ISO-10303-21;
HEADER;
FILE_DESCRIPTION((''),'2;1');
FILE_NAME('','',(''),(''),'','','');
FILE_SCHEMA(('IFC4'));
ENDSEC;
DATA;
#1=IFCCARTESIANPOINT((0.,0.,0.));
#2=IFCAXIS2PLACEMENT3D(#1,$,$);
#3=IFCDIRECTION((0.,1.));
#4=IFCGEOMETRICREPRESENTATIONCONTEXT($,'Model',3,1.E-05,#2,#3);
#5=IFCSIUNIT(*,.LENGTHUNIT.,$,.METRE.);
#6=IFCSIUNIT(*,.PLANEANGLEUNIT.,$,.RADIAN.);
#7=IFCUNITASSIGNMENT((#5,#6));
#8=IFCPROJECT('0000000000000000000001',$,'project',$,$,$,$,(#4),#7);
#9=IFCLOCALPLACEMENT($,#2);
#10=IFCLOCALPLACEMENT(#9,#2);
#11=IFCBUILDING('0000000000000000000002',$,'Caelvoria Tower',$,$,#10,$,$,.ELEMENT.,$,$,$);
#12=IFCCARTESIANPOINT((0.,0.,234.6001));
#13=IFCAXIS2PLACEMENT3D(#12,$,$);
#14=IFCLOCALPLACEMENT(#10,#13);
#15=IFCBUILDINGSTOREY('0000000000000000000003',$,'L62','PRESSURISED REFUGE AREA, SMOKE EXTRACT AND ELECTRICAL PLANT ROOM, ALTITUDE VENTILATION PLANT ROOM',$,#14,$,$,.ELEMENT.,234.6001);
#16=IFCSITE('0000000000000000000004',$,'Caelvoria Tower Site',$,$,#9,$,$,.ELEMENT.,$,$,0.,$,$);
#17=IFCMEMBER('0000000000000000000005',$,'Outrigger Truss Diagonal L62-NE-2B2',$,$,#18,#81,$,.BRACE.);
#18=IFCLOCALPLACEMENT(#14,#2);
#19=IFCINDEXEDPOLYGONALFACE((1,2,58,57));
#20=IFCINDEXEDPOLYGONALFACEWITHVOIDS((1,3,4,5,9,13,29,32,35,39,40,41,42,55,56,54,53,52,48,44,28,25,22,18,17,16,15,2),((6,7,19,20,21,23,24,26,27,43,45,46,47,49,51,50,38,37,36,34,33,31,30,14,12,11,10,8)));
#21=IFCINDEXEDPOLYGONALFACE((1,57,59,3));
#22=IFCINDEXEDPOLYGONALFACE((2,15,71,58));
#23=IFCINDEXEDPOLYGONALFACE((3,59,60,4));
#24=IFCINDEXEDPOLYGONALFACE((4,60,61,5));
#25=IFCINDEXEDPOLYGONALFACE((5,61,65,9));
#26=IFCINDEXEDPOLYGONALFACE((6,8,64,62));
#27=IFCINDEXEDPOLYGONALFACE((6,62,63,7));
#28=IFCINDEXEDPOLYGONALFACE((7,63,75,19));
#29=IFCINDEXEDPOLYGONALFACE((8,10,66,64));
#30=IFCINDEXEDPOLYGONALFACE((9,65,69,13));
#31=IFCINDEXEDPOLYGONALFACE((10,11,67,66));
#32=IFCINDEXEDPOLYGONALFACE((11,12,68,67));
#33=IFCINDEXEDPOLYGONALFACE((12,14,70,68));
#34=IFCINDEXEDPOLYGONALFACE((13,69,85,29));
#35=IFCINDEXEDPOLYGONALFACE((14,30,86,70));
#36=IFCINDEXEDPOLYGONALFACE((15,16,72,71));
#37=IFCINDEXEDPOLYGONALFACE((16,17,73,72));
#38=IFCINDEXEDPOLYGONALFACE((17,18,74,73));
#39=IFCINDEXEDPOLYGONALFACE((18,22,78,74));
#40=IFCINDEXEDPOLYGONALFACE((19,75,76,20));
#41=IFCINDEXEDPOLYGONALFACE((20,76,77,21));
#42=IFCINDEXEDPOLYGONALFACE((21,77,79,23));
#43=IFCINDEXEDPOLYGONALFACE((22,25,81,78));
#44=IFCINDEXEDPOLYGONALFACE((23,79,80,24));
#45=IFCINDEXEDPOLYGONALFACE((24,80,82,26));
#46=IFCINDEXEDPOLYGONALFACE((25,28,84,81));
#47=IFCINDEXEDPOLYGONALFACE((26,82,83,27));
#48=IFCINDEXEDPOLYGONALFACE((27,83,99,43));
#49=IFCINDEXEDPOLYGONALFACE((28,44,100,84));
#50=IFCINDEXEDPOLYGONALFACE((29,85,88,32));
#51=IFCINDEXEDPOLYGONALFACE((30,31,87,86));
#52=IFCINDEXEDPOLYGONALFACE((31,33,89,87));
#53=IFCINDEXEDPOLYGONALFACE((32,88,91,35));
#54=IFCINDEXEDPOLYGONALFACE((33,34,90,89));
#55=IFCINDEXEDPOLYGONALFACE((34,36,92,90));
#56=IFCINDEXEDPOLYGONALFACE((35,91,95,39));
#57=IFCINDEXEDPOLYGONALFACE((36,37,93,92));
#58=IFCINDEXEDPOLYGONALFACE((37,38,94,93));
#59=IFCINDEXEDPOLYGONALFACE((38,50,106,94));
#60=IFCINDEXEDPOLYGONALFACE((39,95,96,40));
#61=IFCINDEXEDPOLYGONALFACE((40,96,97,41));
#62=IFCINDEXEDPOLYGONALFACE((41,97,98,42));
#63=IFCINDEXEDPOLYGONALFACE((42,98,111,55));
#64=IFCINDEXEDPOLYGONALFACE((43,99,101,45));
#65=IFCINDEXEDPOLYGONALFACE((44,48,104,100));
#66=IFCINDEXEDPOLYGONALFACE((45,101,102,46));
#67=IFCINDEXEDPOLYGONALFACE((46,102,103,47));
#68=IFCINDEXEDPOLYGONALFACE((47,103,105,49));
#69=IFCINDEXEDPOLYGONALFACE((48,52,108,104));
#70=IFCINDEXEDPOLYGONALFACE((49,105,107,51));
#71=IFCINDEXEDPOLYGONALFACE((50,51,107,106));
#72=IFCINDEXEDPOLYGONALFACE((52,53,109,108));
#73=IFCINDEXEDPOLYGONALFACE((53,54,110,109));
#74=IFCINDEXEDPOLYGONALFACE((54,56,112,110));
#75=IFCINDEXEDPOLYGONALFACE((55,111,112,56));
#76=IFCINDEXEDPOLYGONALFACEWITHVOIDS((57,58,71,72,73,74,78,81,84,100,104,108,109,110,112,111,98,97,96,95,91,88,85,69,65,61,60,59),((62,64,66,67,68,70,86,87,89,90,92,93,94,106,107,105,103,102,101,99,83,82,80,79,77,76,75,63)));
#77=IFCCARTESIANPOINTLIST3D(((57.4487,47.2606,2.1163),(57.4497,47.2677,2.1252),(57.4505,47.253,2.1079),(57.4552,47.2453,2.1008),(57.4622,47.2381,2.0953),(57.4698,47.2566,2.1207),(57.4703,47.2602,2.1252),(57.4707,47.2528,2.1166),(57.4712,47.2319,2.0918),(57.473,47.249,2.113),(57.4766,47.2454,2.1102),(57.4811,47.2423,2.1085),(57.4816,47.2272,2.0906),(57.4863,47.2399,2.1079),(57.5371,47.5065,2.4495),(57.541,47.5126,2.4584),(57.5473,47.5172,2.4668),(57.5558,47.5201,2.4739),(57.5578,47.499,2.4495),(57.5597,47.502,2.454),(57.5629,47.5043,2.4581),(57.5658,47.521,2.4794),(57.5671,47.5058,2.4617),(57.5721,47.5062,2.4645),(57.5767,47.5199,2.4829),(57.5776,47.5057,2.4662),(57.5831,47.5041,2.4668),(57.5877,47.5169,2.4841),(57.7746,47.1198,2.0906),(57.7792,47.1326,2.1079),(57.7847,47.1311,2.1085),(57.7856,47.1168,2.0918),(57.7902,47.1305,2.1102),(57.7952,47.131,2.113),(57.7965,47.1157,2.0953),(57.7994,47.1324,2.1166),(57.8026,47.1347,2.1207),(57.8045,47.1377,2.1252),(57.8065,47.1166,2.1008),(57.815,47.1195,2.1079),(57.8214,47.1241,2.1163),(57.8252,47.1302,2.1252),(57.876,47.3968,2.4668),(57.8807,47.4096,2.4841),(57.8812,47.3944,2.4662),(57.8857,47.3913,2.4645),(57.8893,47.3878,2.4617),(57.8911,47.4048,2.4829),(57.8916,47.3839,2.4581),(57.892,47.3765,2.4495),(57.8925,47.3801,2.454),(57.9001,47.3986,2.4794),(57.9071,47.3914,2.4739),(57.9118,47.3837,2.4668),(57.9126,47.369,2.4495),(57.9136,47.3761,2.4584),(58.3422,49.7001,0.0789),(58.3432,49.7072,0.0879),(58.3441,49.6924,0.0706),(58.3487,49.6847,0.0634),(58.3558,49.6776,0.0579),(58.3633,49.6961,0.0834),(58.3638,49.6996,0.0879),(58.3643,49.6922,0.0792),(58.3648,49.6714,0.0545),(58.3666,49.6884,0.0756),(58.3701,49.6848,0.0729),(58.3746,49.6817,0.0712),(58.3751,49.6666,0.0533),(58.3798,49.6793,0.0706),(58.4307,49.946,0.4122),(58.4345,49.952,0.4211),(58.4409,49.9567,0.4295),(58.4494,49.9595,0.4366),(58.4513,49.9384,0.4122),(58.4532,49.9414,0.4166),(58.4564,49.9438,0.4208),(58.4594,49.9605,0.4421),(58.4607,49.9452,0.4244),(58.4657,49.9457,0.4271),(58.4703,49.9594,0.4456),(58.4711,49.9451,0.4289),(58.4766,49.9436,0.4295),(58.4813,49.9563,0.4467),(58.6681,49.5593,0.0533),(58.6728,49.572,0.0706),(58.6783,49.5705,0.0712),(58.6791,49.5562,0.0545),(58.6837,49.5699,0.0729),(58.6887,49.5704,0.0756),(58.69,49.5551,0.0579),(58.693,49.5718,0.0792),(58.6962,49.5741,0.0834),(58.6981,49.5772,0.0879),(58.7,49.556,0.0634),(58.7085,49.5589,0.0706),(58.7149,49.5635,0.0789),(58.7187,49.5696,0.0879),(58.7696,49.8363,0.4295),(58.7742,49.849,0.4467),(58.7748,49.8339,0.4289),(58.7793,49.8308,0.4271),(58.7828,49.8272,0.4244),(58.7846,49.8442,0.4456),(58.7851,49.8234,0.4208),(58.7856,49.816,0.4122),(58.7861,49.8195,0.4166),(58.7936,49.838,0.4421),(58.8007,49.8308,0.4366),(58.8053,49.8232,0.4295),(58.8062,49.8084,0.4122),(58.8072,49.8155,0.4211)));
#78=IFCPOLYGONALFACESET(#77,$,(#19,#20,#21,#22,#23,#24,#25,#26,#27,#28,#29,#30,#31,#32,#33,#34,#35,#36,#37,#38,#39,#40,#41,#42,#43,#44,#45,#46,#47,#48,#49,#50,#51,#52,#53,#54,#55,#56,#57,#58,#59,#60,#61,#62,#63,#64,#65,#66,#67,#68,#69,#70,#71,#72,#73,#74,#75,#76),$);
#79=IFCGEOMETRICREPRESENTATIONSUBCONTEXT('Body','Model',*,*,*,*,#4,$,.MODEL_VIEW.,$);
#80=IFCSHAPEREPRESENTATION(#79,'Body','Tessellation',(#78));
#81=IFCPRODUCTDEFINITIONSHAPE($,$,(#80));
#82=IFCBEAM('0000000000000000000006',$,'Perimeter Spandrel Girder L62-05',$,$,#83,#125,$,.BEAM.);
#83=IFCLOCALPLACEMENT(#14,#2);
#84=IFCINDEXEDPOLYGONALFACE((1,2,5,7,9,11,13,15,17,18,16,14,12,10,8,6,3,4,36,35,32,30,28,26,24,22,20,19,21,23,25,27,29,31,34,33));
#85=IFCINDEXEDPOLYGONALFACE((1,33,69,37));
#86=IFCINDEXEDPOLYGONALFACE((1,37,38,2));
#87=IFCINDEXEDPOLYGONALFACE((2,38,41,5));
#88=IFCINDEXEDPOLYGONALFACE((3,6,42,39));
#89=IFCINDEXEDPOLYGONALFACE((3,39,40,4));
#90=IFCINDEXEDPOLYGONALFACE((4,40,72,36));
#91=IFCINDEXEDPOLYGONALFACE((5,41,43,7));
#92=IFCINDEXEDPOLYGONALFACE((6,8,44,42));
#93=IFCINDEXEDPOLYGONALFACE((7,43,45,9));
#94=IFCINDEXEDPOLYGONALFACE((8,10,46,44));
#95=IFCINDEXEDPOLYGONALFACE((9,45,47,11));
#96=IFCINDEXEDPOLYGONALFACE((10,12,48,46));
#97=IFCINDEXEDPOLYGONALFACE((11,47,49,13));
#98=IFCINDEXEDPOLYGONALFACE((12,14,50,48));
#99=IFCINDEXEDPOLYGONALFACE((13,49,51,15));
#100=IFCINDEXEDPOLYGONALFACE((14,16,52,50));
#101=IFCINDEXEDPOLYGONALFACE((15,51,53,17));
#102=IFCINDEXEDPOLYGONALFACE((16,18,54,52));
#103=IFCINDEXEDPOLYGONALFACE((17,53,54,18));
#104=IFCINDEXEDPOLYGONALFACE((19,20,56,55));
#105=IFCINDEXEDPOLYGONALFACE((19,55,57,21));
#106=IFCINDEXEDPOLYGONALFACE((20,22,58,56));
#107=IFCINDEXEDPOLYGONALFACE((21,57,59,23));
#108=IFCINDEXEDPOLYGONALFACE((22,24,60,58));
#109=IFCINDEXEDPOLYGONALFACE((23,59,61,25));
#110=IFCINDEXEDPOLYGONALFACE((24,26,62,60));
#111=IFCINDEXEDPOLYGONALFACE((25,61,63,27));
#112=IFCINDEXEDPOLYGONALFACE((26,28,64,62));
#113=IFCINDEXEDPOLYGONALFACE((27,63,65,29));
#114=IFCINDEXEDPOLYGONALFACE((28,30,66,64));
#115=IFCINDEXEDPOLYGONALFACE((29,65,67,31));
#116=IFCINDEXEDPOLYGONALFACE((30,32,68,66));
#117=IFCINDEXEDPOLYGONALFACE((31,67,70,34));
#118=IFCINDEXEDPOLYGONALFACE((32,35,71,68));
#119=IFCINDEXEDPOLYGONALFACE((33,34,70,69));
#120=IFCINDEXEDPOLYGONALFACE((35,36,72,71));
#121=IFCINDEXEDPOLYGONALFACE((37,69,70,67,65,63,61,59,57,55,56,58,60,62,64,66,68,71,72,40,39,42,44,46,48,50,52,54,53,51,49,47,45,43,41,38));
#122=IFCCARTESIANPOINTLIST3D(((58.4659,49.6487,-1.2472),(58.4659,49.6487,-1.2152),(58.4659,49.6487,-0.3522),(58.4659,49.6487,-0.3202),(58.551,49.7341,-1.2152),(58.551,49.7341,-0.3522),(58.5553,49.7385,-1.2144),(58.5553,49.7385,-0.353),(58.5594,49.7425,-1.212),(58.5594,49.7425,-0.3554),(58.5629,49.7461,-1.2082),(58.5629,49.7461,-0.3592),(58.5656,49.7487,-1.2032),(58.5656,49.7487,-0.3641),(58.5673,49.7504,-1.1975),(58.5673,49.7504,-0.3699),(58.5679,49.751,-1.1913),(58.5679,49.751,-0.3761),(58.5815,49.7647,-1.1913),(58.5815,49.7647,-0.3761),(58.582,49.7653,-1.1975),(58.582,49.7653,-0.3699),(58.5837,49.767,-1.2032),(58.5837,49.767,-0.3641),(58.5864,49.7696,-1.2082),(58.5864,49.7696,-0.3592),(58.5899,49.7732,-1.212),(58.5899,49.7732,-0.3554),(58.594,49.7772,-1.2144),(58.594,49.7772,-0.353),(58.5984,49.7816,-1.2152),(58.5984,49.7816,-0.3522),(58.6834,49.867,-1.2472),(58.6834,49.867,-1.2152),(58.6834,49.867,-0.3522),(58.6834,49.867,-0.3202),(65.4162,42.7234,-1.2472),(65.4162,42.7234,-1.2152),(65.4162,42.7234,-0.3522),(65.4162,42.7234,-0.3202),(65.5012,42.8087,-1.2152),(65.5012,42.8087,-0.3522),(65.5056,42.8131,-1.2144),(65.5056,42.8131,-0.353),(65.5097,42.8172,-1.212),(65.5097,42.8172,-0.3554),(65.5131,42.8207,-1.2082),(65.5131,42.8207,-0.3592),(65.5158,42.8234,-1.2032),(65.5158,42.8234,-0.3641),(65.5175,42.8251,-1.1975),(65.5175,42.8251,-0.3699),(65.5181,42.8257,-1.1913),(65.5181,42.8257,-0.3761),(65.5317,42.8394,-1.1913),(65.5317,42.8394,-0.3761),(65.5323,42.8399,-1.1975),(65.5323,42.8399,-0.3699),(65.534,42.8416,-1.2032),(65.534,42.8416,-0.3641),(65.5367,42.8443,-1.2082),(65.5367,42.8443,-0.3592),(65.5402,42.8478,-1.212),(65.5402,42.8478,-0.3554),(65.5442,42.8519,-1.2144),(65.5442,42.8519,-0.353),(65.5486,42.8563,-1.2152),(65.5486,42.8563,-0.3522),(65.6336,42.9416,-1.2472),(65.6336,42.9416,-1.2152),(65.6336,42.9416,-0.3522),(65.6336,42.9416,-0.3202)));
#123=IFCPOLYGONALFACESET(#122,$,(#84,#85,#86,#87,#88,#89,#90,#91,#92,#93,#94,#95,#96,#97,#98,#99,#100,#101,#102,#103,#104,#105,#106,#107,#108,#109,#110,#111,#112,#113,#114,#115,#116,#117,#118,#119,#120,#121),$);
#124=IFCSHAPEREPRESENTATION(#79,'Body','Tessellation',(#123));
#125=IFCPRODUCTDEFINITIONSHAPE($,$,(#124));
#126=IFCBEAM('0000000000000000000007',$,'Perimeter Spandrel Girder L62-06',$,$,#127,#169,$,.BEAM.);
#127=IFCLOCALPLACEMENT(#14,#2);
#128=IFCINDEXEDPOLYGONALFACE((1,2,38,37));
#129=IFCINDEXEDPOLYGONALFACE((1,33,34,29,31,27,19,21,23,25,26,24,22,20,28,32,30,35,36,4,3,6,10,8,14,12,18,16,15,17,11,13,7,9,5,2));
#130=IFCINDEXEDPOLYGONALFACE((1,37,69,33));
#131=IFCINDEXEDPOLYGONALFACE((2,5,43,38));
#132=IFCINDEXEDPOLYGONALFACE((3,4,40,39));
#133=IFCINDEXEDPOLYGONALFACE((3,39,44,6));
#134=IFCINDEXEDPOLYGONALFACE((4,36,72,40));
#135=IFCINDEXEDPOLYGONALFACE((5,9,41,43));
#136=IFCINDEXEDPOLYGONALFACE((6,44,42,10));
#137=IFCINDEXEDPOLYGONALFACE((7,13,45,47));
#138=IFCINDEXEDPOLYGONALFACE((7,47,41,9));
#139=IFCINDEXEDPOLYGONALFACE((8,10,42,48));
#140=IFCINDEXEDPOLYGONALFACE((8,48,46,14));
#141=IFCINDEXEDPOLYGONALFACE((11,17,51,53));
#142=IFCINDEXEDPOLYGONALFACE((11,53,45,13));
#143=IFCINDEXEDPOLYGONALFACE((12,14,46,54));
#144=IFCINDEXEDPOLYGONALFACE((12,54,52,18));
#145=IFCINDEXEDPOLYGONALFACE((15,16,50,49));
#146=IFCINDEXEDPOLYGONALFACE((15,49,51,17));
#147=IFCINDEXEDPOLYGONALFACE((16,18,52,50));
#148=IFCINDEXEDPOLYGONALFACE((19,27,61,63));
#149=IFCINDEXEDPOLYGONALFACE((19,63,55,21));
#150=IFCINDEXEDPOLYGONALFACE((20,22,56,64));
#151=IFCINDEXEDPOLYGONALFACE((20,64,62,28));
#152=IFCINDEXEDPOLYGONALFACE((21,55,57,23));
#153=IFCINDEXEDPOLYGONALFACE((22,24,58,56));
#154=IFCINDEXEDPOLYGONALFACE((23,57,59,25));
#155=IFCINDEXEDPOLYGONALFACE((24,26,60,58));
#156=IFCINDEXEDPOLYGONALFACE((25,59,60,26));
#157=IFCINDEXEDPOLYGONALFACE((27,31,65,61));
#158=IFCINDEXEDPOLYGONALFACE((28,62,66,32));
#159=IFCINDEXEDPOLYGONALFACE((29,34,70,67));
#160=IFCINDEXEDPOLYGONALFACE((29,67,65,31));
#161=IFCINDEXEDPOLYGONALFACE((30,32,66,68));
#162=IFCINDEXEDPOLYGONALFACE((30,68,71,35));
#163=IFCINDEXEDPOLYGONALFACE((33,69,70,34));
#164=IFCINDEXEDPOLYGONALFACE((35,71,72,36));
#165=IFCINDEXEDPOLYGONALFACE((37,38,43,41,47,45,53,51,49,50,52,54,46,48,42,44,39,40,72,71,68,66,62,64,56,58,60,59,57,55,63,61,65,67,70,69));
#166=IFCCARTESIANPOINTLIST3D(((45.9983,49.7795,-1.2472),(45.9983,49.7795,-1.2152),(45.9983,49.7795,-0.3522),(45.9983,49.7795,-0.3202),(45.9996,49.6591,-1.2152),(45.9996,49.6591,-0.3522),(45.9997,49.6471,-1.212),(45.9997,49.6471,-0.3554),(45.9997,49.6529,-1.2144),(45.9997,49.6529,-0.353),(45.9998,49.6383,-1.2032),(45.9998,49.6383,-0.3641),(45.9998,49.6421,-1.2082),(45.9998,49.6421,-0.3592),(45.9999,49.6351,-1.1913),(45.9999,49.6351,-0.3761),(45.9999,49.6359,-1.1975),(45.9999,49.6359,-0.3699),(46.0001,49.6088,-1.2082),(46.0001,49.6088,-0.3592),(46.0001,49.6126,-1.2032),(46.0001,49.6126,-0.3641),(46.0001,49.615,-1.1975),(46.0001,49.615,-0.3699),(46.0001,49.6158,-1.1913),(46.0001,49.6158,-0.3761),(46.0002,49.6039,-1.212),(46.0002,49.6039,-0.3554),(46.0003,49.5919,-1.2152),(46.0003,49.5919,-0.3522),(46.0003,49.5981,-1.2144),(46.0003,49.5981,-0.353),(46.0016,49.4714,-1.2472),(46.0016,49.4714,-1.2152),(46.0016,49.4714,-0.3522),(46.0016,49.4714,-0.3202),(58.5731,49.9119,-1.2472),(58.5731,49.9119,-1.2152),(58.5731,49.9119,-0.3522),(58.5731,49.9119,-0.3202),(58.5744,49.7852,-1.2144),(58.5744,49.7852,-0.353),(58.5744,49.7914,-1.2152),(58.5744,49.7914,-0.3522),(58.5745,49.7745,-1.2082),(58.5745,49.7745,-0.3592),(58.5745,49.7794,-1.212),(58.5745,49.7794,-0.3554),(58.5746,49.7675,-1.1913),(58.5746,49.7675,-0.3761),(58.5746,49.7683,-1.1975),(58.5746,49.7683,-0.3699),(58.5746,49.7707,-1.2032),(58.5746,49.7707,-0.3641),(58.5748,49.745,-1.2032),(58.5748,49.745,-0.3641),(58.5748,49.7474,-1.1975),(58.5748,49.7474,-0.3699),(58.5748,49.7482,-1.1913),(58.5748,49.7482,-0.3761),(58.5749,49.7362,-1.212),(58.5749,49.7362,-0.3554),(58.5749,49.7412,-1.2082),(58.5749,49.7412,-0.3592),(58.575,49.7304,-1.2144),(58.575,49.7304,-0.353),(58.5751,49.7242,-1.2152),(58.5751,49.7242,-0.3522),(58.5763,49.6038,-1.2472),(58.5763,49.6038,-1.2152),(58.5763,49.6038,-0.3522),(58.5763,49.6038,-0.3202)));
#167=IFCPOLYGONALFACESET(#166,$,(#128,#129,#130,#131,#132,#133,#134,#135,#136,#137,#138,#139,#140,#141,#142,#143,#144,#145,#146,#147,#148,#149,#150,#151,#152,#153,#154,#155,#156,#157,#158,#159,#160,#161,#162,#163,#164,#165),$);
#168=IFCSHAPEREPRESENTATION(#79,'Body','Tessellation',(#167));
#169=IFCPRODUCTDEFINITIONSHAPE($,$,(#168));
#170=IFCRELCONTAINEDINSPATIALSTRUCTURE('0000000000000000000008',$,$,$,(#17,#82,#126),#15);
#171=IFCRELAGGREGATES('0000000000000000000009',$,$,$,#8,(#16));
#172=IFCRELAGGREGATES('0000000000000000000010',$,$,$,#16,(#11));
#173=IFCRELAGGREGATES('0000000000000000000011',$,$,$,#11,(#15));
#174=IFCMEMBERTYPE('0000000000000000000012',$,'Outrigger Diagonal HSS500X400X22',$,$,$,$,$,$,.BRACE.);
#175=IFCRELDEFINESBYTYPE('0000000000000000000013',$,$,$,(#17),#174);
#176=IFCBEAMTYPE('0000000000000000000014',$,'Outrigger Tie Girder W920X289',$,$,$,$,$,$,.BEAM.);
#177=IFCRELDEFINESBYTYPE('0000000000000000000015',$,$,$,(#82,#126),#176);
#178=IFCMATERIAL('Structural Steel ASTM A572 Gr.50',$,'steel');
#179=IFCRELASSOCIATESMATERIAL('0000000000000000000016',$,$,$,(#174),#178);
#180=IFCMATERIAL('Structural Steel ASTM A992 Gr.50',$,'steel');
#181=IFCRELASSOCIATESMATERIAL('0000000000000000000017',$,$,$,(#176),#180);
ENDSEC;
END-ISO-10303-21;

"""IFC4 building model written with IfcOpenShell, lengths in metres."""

from ifc_helpers import new_model, si_unit, direction, frame, origin, origin_2d, place, context, subcontext, project, spatial, hollow_rectangle, i_section, extrude, material, material_profile, profile_set, type_object, element, save


model = new_model("IFC4")

# Units and contexts
model_context = context("Model", 3, precision=1e-05, world=origin(), true_north=direction((0.0, 1.0)))
body_context = subcontext(model_context, "Body", "Model", "MODEL_VIEW")
ifc_project = project(units=[si_unit("LENGTHUNIT", "METRE"), si_unit("PLANEANGLEUNIT", "RADIAN")], contexts=[model_context])

# Site, building, storey
site_placement = place(None, origin())
site = spatial("IfcSite", under=ifc_project, at=site_placement, Name="Caelvoria Tower Site", CompositionType="ELEMENT", RefElevation=0.0)
building_placement = place(site_placement, origin())
building = spatial("IfcBuilding", under=site, at=building_placement, Name="Caelvoria Tower", CompositionType="ELEMENT")
storey_placement = place(building_placement, frame((0.0, 0.0, 234.6001)))
storey = spatial("IfcBuildingStorey", under=building, at=storey_placement, Name="L62", Description="PRESSURISED REFUGE AREA, SMOKE EXTRACT AND ELECTRICAL PLANT ROOM, ALTITUDE VENTILATION PLANT ROOM", CompositionType="ELEMENT", Elevation=234.6001)

# Shared definitions
ifc_material_1 = material(Name="Structural Steel ASTM A572 Gr.50", Category="steel")

# Member
ifc_material_profile_1 = material_profile(ifc_material_1, hollow_rectangle(XDim=0.3999, YDim=0.5, WallThickness=0.022, InnerFilletRadius=0.022, OuterFilletRadius=0.0439, at=origin_2d()), Name="Structural Steel ASTM A572 Gr.50")
ifc_profile_set_1 = profile_set([ifc_material_profile_1], Name="HSS500X400X22 - Structural Steel ASTM A572 Gr.50")
member_type_1 = type_object("IfcMemberType", Name="Outrigger Diagonal HSS500X400X22", PredefinedType="BRACE", material=ifc_profile_set_1)
member_1_placement = place(storey_placement, frame((57.6812, 47.3184, 2.2874), z_axis=(0.270648, 0.738883, -0.617091), x_axis=(-0.93899, 0.343945, 0.0)))
element("IfcMember", 1, at=member_1_placement, inside=storey, type_object=member_type_1, Name="Outrigger Truss Diagonal L62-NE-2B2", PredefinedType="BRACE", context=body_context, shape_type="SweptSolid", body=[
    extrude(hollow_rectangle(XDim=0.3999, YDim=0.5, WallThickness=0.022, InnerFilletRadius=0.022, OuterFilletRadius=0.0439, at=origin_2d()), origin(), (0.0, 0.0, 1.0), 3.3015),
])

# Beams
ifc_material_2 = material(Name="Structural Steel ASTM A992 Gr.50", Category="steel")
ifc_material_profile_2 = material_profile(ifc_material_2, i_section(OverallWidth=0.3081, OverallDepth=0.927, WebThickness=0.0193, FlangeThickness=0.032, FilletRadius=0.0239, at=origin_2d()), Name="Structural Steel ASTM A992 Gr.50")
ifc_profile_set_2 = profile_set([ifc_material_profile_2], Name="W920X289 - Structural Steel ASTM A992 Gr.50")
beam_type_1 = type_object("IfcBeamType", Name="Outrigger Tie Girder W920X289", PredefinedType="BEAM", material=ifc_profile_set_2)
beam_1_placement = place(storey_placement, frame((65.5249, 42.8325, -0.7837), z_axis=(-0.708375, 0.705837, 0.0), x_axis=(-0.705837, -0.708375, 0.0)))
element("IfcBeam", 2, at=beam_1_placement, inside=storey, type_object=beam_type_1, Name="Perimeter Spandrel Girder L62-05", PredefinedType="BEAM", context=body_context, shape_type="SweptSolid", body=[
    extrude(i_section(OverallWidth=0.3081, OverallDepth=0.927, WebThickness=0.0193, FlangeThickness=0.032, FilletRadius=0.0239, at=origin_2d()), origin(), (0.0, 0.0, 1.0), 9.8115),
])
beam_2_placement = place(storey_placement, frame((58.5747, 49.7578, -0.7837), z_axis=(-0.999945, -0.010522, 0.0), x_axis=(0.010522, -0.999945, 0.0)))
element("IfcBeam", 3, at=beam_2_placement, inside=storey, type_object=beam_type_1, Name="Perimeter Spandrel Girder L62-06", PredefinedType="BEAM", context=body_context, shape_type="SweptSolid", body=[
    extrude(i_section(OverallWidth=0.3081, OverallDepth=0.927, WebThickness=0.0193, FlangeThickness=0.032, FilletRadius=0.0239, at=origin_2d()), origin(), (0.0, 0.0, 1.0), 12.5754),
])

save(model, "model.ifc")
